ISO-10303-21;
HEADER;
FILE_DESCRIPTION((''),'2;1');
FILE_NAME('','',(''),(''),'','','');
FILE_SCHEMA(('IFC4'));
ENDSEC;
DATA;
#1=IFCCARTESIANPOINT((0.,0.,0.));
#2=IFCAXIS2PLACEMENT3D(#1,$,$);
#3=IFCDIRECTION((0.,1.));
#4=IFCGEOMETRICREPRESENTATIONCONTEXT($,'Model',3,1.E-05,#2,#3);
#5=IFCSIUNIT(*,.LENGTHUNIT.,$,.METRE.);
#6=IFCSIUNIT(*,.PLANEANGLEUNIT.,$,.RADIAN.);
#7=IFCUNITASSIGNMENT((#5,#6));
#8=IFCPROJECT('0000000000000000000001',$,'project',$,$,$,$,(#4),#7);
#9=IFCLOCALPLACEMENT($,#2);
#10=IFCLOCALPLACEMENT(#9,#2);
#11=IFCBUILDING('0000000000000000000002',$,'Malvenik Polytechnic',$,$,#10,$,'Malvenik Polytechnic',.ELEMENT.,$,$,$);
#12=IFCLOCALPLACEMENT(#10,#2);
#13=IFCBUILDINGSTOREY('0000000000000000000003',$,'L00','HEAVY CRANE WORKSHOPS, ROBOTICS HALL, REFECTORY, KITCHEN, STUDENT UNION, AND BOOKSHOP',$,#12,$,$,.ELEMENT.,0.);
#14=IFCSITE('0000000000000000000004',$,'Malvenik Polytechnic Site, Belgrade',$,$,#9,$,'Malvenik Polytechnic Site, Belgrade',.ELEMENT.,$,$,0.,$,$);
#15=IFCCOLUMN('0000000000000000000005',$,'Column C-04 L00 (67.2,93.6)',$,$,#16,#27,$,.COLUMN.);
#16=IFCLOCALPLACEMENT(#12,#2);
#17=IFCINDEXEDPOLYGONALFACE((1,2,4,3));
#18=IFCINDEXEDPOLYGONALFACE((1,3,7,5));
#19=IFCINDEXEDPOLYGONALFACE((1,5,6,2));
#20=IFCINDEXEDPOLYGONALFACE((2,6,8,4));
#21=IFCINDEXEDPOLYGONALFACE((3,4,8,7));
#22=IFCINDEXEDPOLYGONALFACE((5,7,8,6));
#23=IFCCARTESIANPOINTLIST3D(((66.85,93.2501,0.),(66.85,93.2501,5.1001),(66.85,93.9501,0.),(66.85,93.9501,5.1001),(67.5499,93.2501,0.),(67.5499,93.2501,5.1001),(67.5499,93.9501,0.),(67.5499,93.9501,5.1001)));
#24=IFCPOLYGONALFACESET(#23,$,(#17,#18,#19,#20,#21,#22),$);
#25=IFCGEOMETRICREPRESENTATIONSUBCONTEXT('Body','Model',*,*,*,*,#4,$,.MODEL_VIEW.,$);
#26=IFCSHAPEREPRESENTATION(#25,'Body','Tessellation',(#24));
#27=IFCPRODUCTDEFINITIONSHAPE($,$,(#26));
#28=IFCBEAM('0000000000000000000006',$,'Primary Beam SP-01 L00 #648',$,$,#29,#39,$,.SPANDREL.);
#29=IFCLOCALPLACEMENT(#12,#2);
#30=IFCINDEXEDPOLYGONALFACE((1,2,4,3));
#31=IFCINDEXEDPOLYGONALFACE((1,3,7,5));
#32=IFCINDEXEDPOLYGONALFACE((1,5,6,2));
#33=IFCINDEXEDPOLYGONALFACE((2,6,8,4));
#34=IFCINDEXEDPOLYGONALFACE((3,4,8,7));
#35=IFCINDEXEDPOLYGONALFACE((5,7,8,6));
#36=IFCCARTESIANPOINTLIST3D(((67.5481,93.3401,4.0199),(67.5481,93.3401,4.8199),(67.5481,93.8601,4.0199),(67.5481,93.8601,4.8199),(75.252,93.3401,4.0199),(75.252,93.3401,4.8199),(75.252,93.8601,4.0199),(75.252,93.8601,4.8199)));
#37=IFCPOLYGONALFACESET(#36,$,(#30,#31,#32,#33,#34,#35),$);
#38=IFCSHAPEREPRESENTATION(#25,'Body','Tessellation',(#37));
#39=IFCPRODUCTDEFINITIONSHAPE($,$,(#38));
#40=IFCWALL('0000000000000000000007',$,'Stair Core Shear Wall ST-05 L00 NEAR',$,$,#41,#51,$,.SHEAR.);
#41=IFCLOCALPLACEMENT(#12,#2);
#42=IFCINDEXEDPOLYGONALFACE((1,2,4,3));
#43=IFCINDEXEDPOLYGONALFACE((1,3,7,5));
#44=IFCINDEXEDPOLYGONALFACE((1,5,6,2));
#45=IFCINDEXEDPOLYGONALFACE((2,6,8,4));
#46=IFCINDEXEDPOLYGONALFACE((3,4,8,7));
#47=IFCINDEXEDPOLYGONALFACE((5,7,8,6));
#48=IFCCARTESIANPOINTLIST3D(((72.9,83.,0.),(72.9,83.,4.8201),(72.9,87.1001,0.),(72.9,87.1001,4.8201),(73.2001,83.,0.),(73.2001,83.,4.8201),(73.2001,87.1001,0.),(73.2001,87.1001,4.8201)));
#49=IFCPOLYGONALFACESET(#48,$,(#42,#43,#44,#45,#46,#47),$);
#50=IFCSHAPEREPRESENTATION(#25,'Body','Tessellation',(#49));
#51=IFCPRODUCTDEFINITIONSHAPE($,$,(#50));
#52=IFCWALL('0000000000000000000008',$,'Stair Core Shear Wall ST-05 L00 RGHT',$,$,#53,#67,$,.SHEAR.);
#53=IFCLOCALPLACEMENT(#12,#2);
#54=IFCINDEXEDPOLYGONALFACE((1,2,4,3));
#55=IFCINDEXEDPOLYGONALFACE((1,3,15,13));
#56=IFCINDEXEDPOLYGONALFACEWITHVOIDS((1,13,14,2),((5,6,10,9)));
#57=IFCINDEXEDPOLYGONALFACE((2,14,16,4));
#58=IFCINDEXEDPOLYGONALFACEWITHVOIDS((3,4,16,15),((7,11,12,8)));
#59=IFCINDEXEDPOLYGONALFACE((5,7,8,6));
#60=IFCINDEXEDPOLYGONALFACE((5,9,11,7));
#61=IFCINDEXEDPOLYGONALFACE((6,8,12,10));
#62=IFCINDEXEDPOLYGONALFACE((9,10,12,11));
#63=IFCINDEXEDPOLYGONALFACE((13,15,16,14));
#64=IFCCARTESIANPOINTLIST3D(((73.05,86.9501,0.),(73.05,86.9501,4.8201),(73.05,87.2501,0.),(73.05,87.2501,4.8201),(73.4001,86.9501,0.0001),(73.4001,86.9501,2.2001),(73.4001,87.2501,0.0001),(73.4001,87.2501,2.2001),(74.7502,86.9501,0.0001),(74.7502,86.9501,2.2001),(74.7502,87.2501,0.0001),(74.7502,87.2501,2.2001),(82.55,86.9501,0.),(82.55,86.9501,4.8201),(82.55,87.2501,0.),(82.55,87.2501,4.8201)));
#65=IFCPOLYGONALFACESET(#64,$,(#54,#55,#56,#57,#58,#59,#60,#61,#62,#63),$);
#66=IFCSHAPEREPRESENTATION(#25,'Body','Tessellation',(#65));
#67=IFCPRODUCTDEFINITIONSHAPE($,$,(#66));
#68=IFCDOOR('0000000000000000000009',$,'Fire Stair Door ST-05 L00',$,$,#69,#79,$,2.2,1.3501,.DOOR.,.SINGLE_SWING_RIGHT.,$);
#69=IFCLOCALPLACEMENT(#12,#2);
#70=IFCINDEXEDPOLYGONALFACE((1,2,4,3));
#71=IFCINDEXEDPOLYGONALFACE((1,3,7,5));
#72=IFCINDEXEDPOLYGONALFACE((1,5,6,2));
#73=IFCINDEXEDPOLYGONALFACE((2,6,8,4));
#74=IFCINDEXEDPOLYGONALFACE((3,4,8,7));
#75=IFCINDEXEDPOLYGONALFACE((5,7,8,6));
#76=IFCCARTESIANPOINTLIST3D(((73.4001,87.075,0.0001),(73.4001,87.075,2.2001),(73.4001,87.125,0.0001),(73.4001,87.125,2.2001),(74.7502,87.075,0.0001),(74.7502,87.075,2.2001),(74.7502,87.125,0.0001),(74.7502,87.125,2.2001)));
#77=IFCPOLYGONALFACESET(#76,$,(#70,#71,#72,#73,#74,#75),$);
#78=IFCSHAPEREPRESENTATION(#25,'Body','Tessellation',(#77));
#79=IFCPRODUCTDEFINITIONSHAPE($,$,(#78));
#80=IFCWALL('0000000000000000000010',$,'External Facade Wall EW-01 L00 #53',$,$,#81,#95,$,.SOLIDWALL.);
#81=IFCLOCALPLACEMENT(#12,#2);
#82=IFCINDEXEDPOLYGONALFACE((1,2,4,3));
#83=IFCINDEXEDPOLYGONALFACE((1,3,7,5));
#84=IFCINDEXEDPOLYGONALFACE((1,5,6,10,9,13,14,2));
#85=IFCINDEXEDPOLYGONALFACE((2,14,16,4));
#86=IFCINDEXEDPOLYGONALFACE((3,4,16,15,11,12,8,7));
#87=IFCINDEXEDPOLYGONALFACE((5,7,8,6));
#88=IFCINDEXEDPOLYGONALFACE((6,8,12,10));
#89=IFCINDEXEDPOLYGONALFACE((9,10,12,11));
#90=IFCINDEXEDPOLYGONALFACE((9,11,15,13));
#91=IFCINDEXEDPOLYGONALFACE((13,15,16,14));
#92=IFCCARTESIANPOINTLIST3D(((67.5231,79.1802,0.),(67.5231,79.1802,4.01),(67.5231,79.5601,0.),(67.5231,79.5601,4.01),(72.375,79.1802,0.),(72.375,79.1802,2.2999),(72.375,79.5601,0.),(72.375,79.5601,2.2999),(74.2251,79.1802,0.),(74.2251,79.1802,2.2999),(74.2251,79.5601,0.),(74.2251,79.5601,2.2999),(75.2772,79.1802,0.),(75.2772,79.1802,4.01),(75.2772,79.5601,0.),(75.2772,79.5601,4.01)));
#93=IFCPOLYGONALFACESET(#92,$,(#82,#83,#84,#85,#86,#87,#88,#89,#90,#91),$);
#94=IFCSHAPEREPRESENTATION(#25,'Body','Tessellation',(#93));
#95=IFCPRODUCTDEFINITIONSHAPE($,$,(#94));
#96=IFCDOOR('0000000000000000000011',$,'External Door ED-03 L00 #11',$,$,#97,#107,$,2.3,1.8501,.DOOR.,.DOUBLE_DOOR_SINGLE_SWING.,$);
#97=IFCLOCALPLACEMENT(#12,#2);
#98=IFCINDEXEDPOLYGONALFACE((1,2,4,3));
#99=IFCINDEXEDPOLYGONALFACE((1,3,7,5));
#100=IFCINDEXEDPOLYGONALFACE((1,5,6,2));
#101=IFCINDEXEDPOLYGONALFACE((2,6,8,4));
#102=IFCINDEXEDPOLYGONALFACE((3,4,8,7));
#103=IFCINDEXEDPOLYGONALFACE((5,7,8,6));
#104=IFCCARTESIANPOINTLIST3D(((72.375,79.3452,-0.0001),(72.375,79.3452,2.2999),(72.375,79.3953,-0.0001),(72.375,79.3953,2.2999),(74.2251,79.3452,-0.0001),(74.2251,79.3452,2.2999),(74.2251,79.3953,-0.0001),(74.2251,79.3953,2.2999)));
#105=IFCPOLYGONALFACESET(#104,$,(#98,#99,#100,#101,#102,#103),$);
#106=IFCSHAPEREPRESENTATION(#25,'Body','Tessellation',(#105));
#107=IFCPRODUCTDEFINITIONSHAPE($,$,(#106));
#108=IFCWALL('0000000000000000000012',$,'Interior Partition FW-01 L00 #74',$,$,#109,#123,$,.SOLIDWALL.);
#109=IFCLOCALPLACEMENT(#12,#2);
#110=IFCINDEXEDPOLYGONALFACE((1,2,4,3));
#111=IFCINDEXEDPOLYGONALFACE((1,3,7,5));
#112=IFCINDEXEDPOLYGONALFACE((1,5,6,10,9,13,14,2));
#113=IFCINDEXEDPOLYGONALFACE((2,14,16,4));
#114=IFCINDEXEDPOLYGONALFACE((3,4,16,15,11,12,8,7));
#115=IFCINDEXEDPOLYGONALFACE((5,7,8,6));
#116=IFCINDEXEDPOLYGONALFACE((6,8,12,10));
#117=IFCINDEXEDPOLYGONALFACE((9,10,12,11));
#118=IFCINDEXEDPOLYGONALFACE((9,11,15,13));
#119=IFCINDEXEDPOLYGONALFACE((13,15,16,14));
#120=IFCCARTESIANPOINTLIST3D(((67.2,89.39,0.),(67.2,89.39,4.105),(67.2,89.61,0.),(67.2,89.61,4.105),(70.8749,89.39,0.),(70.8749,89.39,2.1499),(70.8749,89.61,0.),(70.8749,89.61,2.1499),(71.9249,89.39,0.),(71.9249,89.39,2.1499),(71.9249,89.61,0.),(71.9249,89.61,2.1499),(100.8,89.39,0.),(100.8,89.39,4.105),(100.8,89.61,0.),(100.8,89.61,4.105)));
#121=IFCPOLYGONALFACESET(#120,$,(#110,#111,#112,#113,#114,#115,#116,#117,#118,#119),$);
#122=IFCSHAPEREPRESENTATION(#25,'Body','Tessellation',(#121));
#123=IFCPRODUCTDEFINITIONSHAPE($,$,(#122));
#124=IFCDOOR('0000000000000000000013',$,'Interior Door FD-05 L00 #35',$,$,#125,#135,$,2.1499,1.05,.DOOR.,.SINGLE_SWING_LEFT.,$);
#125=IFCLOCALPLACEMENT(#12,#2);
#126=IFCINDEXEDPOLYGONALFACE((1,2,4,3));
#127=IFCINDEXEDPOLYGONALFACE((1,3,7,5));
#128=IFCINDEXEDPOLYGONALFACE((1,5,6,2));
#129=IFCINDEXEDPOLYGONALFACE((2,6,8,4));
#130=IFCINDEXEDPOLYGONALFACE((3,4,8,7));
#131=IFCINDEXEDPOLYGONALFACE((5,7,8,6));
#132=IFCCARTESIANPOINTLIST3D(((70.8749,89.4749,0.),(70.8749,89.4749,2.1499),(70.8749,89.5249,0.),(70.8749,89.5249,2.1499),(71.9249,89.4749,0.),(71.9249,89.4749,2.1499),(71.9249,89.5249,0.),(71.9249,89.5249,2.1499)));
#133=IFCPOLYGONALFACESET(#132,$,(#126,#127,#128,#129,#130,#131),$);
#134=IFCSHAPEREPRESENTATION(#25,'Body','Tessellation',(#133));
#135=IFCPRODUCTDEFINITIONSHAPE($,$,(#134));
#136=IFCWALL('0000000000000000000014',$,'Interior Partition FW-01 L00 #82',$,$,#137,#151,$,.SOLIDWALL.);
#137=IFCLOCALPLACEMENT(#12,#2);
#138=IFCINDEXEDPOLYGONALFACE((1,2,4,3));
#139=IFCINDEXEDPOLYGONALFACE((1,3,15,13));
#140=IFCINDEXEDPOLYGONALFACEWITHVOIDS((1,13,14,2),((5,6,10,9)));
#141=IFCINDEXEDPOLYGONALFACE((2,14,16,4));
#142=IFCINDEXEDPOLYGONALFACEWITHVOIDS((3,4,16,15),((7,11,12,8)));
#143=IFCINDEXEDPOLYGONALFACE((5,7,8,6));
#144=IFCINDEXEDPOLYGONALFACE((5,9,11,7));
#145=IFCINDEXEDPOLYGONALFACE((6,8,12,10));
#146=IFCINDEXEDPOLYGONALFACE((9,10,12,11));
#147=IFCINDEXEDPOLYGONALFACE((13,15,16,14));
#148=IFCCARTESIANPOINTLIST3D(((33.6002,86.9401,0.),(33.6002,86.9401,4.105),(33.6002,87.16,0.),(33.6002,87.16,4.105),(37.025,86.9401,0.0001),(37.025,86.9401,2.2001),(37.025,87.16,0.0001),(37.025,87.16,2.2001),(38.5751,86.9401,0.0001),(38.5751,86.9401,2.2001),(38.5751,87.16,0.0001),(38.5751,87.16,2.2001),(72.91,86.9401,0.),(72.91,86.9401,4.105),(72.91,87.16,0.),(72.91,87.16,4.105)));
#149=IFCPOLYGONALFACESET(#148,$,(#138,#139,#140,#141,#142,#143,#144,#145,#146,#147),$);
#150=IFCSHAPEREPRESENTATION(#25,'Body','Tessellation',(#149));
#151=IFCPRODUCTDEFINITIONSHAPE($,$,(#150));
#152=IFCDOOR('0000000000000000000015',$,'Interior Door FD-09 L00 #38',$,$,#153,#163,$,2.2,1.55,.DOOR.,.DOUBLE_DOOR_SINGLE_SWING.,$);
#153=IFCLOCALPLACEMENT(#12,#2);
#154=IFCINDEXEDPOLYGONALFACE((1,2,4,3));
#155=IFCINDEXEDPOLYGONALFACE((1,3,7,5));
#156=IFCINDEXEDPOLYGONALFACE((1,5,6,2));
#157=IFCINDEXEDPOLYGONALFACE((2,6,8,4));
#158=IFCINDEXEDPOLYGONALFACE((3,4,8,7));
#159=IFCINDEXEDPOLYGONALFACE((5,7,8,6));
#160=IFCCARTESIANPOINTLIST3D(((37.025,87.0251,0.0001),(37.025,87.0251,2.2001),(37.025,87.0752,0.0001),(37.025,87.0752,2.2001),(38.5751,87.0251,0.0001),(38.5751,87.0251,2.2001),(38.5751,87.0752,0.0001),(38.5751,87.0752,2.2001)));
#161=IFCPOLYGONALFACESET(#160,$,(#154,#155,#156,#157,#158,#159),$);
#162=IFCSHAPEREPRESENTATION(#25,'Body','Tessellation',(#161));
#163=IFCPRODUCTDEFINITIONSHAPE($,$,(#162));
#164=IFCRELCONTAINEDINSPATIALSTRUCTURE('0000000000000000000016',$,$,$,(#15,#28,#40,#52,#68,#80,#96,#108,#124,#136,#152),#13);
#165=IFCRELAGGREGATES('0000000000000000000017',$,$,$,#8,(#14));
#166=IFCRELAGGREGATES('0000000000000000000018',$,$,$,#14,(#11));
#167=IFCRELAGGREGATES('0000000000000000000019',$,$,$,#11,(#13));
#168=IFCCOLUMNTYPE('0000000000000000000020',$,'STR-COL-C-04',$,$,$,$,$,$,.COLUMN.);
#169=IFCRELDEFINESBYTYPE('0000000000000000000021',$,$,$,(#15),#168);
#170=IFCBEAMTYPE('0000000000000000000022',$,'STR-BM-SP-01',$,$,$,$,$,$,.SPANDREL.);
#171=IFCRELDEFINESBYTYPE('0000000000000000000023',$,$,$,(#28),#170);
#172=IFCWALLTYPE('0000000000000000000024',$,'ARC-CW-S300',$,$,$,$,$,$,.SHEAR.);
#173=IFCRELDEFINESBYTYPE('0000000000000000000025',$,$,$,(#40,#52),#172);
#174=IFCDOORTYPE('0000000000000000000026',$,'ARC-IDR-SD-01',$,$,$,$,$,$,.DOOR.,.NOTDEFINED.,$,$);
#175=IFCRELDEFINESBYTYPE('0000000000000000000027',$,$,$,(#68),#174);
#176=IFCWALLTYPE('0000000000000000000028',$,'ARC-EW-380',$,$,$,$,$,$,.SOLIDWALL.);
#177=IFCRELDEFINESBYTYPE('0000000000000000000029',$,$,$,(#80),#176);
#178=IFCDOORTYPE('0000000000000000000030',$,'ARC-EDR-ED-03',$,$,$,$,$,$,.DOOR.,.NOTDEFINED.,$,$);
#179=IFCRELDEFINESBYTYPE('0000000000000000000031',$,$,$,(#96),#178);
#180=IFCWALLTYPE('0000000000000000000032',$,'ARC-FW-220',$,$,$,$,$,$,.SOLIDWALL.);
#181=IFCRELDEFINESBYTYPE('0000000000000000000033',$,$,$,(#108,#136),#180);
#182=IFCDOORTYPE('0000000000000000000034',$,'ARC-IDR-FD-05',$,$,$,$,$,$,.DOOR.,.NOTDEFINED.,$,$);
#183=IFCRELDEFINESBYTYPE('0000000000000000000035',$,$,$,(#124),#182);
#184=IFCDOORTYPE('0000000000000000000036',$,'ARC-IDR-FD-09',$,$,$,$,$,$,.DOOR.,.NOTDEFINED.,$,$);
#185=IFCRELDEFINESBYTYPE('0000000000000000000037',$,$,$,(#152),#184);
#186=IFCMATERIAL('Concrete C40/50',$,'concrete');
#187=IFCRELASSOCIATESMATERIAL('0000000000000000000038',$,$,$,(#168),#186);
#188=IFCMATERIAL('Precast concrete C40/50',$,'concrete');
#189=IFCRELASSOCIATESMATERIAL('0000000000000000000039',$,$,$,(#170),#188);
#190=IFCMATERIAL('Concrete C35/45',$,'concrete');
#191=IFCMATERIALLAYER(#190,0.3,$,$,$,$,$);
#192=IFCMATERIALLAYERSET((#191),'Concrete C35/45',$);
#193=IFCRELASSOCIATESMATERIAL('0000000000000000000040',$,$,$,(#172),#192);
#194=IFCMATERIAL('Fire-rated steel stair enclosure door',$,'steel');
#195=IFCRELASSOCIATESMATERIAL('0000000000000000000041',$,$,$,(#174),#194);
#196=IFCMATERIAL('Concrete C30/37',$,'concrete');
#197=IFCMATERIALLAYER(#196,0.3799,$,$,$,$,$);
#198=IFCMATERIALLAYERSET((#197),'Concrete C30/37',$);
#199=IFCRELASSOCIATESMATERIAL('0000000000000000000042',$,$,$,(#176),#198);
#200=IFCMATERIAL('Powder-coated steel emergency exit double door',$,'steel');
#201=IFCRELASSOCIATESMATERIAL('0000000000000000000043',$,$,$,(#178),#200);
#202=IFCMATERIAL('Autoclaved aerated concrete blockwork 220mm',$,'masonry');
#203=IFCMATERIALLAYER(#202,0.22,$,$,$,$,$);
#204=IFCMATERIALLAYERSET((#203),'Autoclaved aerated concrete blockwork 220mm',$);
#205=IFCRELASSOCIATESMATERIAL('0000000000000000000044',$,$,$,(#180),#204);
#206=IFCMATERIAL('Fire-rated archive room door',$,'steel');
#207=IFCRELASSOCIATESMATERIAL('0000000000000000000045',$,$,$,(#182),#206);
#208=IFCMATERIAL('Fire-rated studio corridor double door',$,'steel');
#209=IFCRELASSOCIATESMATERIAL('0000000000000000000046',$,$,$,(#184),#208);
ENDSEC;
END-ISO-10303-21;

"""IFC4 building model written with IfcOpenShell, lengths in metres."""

from ifc_helpers import new_model, si_unit, direction, frame, frame_2d, origin, origin_2d, place, context, subcontext, project, spatial, rectangle, extrude, material, layer, layer_set, material_profile, profile_set, type_object, element, fill, save


model = new_model("IFC4")

# Units and contexts
model_context = context("Model", 3, precision=1e-05, world=origin(), true_north=direction((0.0, 1.0)))
body_context = subcontext(model_context, "Body", "Model", "MODEL_VIEW")
ifc_project = project(units=[si_unit("LENGTHUNIT", "METRE"), si_unit("PLANEANGLEUNIT", "RADIAN")], contexts=[model_context])

# Site, building, storey
site_placement = place(None, origin())
site = spatial("IfcSite", under=ifc_project, at=site_placement, Name="Malvenik Polytechnic Site, Belgrade", LongName="Malvenik Polytechnic Site, Belgrade", CompositionType="ELEMENT", RefElevation=0.0)
building_placement = place(site_placement, origin())
building = spatial("IfcBuilding", under=site, at=building_placement, Name="Malvenik Polytechnic", LongName="Malvenik Polytechnic", CompositionType="ELEMENT")
storey_placement = place(building_placement, origin())
storey = spatial("IfcBuildingStorey", under=building, at=storey_placement, Name="L00", Description="HEAVY CRANE WORKSHOPS, ROBOTICS HALL, REFECTORY, KITCHEN, STUDENT UNION, AND BOOKSHOP", CompositionType="ELEMENT", Elevation=0.0)

# Column
ifc_material_1 = material(Name="Concrete C40/50", Category="concrete")
ifc_material_profile_1 = material_profile(ifc_material_1, rectangle(XDim=0.7, YDim=0.7, at=origin_2d()), Name="RC COL 700x700")
ifc_profile_set_1 = profile_set([ifc_material_profile_1], Name="Concrete C40/50")
column_type = type_object("IfcColumnType", Name="STR-COL-C-04", PredefinedType="COLUMN", material=ifc_profile_set_1)
column_placement = place(storey_placement, frame((67.2, 93.6001, 0.0), z_axis=(0.0, 0.0, 1.0), x_axis=(1.0, 0.0, 0.0)))
element("IfcColumn", 1, at=column_placement, inside=storey, type_object=column_type, Name="Column C-04 L00 (67.2,93.6)", PredefinedType="COLUMN", context=body_context, shape_type="SweptSolid", body=[
    extrude(rectangle(XDim=0.7, YDim=0.7, at=origin_2d()), origin(), (0.0, 0.0, 1.0), 5.1001),
])

# Beam
ifc_material_2 = material(Name="Precast concrete C40/50", Category="concrete")
ifc_material_profile_2 = material_profile(ifc_material_2, rectangle(XDim=0.52, YDim=0.8, at=origin_2d()), Name="PC SPN 520x800")
ifc_profile_set_2 = profile_set([ifc_material_profile_2], Name="Precast concrete C40/50")
beam_type = type_object("IfcBeamType", Name="STR-BM-SP-01", PredefinedType="SPANDREL", material=ifc_profile_set_2)
beam_placement = place(storey_placement, frame((67.5481, 93.6001, 4.4199), z_axis=(1.0, 0.0, 0.0), x_axis=(0.0, 1.0, 0.0)))
element("IfcBeam", 2, at=beam_placement, inside=storey, type_object=beam_type, Name="Primary Beam SP-01 L00 #648", PredefinedType="SPANDREL", context=body_context, shape_type="SweptSolid", body=[
    extrude(rectangle(XDim=0.52, YDim=0.8, at=origin_2d()), origin(), (0.0, 0.0, 1.0), 7.7039),
])

# Wall
ifc_material_3 = material(Name="Concrete C35/45", Category="concrete")
ifc_layer_1 = layer(ifc_material_3, 0.3)
ifc_layer_set_1 = layer_set([ifc_layer_1], Name="Concrete C35/45")
wall_type_1 = type_object("IfcWallType", Name="ARC-CW-S300", PredefinedType="SHEAR", material=ifc_layer_set_1)
wall_1_placement = place(storey_placement, frame((73.05, 83.0, 0.0), z_axis=(0.0, 0.0, 1.0), x_axis=(0.0, 1.0, 0.0)))
element("IfcWall", 3, at=wall_1_placement, inside=storey, type_object=wall_type_1, Name="Stair Core Shear Wall ST-05 L00 NEAR", PredefinedType="SHEAR", context=body_context, shape_type="SweptSolid", body=[
    extrude(rectangle(XDim=4.1001, YDim=0.3, at=frame_2d((2.05, 0.0))), origin(), (0.0, 0.0, 1.0), 4.8201),
])

# Walls, openings, doors
wall_2_placement = place(storey_placement, frame((73.05, 87.1001, 0.0), z_axis=(0.0, 0.0, 1.0), x_axis=(1.0, 0.0, 0.0)))
wall_2 = element("IfcWall", 4, at=wall_2_placement, inside=storey, type_object=wall_type_1, Name="Stair Core Shear Wall ST-05 L00 RGHT", PredefinedType="SHEAR", context=body_context, shape_type="SweptSolid", body=[
    extrude(rectangle(XDim=9.5, YDim=0.3, at=frame_2d((4.75, 0.0))), origin(), (0.0, 0.0, 1.0), 4.8201),
])
opening_1_placement = place(wall_2_placement, frame((0.3501, 0.0, 0.0)))
opening_1 = element("IfcOpeningElement", 5, at=opening_1_placement, cuts=wall_2, PredefinedType="OPENING", context=body_context, shape_type="SweptSolid", body=[
    extrude(rectangle(XDim=1.3501, YDim=2.2, at=frame_2d((0.675, 1.1001))), frame((0.0, 0.1602, 0.0), z_axis=(0.0, -1.0, 0.0), x_axis=(1.0, 0.0, 0.0)), (0.0, 0.0, 1.0), 0.3201),
])
ifc_material_4 = material(Name="Fire-rated steel stair enclosure door", Category="steel")
door_type_1 = type_object("IfcDoorType", Name="ARC-IDR-SD-01", OperationType="NOTDEFINED", PredefinedType="DOOR", material=ifc_material_4)
door_1_placement = place(opening_1_placement, origin())
door_1 = element("IfcDoor", 6, at=door_1_placement, inside=storey, type_object=door_type_1, Name="Fire Stair Door ST-05 L00", OperationType="SINGLE_SWING_RIGHT", OverallHeight=2.2, OverallWidth=1.3501, PredefinedType="DOOR", context=body_context, shape_type="SweptSolid", body=[
    extrude(rectangle(XDim=1.3501, YDim=2.2, at=frame_2d((0.675, 1.1001))), frame((0.0, 0.0249, 0.0), z_axis=(0.0, -1.0, 0.0), x_axis=(1.0, 0.0, 0.0)), (0.0, 0.0, 1.0), 0.05),
])
fill(opening_1, door_1)
ifc_material_5 = material(Name="Concrete C30/37", Category="concrete")
ifc_layer_2 = layer(ifc_material_5, 0.3799)
ifc_layer_set_2 = layer_set([ifc_layer_2], Name="Concrete C30/37")
wall_type_2 = type_object("IfcWallType", Name="ARC-EW-380", PredefinedType="SOLIDWALL", material=ifc_layer_set_2)
wall_3_placement = place(storey_placement, frame((75.2771, 79.3701, 0.0), z_axis=(0.0, 0.0, 1.0), x_axis=(-1.0, 0.0, 0.0)))
wall_3 = element("IfcWall", 7, at=wall_3_placement, inside=storey, type_object=wall_type_2, Name="External Facade Wall EW-01 L00 #53", PredefinedType="SOLIDWALL", context=body_context, shape_type="SweptSolid", body=[
    extrude(rectangle(XDim=7.7542, YDim=0.3799, at=frame_2d((3.877, 0.0))), origin(), (0.0, 0.0, 1.0), 4.01),
])
opening_2_placement = place(wall_3_placement, frame((1.052, 0.0, 0.0)))
opening_2 = element("IfcOpeningElement", 8, at=opening_2_placement, cuts=wall_3, PredefinedType="OPENING", context=body_context, shape_type="SweptSolid", body=[
    extrude(rectangle(XDim=1.8501, YDim=2.3, at=frame_2d((0.925, 1.1499))), frame((0.0, 0.2, 0.0), z_axis=(0.0, -1.0, 0.0), x_axis=(1.0, 0.0, 0.0)), (0.0, 0.0, 1.0), 0.3999),
])
ifc_material_6 = material(Name="Powder-coated steel emergency exit double door", Category="steel")
door_type_2 = type_object("IfcDoorType", Name="ARC-EDR-ED-03", OperationType="NOTDEFINED", PredefinedType="DOOR", material=ifc_material_6)
door_2_placement = place(opening_2_placement, origin())
door_2 = element("IfcDoor", 9, at=door_2_placement, inside=storey, type_object=door_type_2, Name="External Door ED-03 L00 #11", OperationType="DOUBLE_DOOR_SINGLE_SWING", OverallHeight=2.3, OverallWidth=1.8501, PredefinedType="DOOR", context=body_context, shape_type="SweptSolid", body=[
    extrude(rectangle(XDim=1.8501, YDim=2.3, at=frame_2d((0.925, 1.1499))), frame((0.0, 0.0249, 0.0), z_axis=(0.0, -1.0, 0.0), x_axis=(1.0, 0.0, 0.0)), (0.0, 0.0, 1.0), 0.05),
])
fill(opening_2, door_2)
ifc_material_7 = material(Name="Autoclaved aerated concrete blockwork 220mm", Category="masonry")
ifc_layer_3 = layer(ifc_material_7, 0.22)
ifc_layer_set_3 = layer_set([ifc_layer_3], Name="Autoclaved aerated concrete blockwork 220mm")
wall_type_3 = type_object("IfcWallType", Name="ARC-FW-220", PredefinedType="SOLIDWALL", material=ifc_layer_set_3)
wall_4_placement = place(storey_placement, frame((67.2, 89.5, 0.0), z_axis=(0.0, 0.0, 1.0), x_axis=(1.0, 0.0, 0.0)))
wall_4 = element("IfcWall", 10, at=wall_4_placement, inside=storey, type_object=wall_type_3, Name="Interior Partition FW-01 L00 #74", PredefinedType="SOLIDWALL", context=body_context, shape_type="SweptSolid", body=[
    extrude(rectangle(XDim=33.6001, YDim=0.22, at=frame_2d((16.8, 0.0))), origin(), (0.0, 0.0, 1.0), 4.105),
])
opening_3_placement = place(wall_4_placement, frame((3.675, 0.0, 0.0)))
opening_3 = element("IfcOpeningElement", 11, at=opening_3_placement, cuts=wall_4, PredefinedType="OPENING", context=body_context, shape_type="SweptSolid", body=[
    extrude(rectangle(XDim=1.05, YDim=2.1499, at=frame_2d((0.5249, 1.075))), frame((0.0, 0.1201, 0.0), z_axis=(0.0, -1.0, 0.0), x_axis=(1.0, 0.0, 0.0)), (0.0, 0.0, 1.0), 0.24),
])
ifc_material_8 = material(Name="Fire-rated archive room door", Category="steel")
door_type_3 = type_object("IfcDoorType", Name="ARC-IDR-FD-05", OperationType="NOTDEFINED", PredefinedType="DOOR", material=ifc_material_8)
door_3_placement = place(opening_3_placement, origin())
door_3 = element("IfcDoor", 12, at=door_3_placement, inside=storey, type_object=door_type_3, Name="Interior Door FD-05 L00 #35", OperationType="SINGLE_SWING_LEFT", OverallHeight=2.1499, OverallWidth=1.05, PredefinedType="DOOR", context=body_context, shape_type="SweptSolid", body=[
    extrude(rectangle(XDim=1.05, YDim=2.1499, at=frame_2d((0.5249, 1.075))), frame((0.0, 0.0249, 0.0), z_axis=(0.0, -1.0, 0.0), x_axis=(1.0, 0.0, 0.0)), (0.0, 0.0, 1.0), 0.05),
])
fill(opening_3, door_3)
wall_5_placement = place(storey_placement, frame((72.9099, 87.05, 0.0), z_axis=(0.0, 0.0, 1.0), x_axis=(-1.0, 0.0, 0.0)))
wall_5 = element("IfcWall", 13, at=wall_5_placement, inside=storey, type_object=wall_type_3, Name="Interior Partition FW-01 L00 #82", PredefinedType="SOLIDWALL", context=body_context, shape_type="SweptSolid", body=[
    extrude(rectangle(XDim=39.3098, YDim=0.22, at=frame_2d((19.6548, 0.0))), origin(), (0.0, 0.0, 1.0), 4.105),
])
opening_4_placement = place(wall_5_placement, frame((34.335, 0.0, 0.0)))
opening_4 = element("IfcOpeningElement", 14, at=opening_4_placement, cuts=wall_5, PredefinedType="OPENING", context=body_context, shape_type="SweptSolid", body=[
    extrude(rectangle(XDim=1.55, YDim=2.2, at=frame_2d((0.7749, 1.1001))), frame((0.0, 0.1201, 0.0), z_axis=(0.0, -1.0, 0.0), x_axis=(1.0, 0.0, 0.0)), (0.0, 0.0, 1.0), 0.24),
])
ifc_material_9 = material(Name="Fire-rated studio corridor double door", Category="steel")
door_type_4 = type_object("IfcDoorType", Name="ARC-IDR-FD-09", OperationType="NOTDEFINED", PredefinedType="DOOR", material=ifc_material_9)
door_4_placement = place(opening_4_placement, origin())
door_4 = element("IfcDoor", 15, at=door_4_placement, inside=storey, type_object=door_type_4, Name="Interior Door FD-09 L00 #38", OperationType="DOUBLE_DOOR_SINGLE_SWING", OverallHeight=2.2, OverallWidth=1.55, PredefinedType="DOOR", context=body_context, shape_type="SweptSolid", body=[
    extrude(rectangle(XDim=1.55, YDim=2.2, at=frame_2d((0.7749, 1.1001))), frame((0.0, 0.0249, 0.0), z_axis=(0.0, -1.0, 0.0), x_axis=(1.0, 0.0, 0.0)), (0.0, 0.0, 1.0), 0.05),
])
fill(opening_4, door_4)

save(model, "model.ifc")
